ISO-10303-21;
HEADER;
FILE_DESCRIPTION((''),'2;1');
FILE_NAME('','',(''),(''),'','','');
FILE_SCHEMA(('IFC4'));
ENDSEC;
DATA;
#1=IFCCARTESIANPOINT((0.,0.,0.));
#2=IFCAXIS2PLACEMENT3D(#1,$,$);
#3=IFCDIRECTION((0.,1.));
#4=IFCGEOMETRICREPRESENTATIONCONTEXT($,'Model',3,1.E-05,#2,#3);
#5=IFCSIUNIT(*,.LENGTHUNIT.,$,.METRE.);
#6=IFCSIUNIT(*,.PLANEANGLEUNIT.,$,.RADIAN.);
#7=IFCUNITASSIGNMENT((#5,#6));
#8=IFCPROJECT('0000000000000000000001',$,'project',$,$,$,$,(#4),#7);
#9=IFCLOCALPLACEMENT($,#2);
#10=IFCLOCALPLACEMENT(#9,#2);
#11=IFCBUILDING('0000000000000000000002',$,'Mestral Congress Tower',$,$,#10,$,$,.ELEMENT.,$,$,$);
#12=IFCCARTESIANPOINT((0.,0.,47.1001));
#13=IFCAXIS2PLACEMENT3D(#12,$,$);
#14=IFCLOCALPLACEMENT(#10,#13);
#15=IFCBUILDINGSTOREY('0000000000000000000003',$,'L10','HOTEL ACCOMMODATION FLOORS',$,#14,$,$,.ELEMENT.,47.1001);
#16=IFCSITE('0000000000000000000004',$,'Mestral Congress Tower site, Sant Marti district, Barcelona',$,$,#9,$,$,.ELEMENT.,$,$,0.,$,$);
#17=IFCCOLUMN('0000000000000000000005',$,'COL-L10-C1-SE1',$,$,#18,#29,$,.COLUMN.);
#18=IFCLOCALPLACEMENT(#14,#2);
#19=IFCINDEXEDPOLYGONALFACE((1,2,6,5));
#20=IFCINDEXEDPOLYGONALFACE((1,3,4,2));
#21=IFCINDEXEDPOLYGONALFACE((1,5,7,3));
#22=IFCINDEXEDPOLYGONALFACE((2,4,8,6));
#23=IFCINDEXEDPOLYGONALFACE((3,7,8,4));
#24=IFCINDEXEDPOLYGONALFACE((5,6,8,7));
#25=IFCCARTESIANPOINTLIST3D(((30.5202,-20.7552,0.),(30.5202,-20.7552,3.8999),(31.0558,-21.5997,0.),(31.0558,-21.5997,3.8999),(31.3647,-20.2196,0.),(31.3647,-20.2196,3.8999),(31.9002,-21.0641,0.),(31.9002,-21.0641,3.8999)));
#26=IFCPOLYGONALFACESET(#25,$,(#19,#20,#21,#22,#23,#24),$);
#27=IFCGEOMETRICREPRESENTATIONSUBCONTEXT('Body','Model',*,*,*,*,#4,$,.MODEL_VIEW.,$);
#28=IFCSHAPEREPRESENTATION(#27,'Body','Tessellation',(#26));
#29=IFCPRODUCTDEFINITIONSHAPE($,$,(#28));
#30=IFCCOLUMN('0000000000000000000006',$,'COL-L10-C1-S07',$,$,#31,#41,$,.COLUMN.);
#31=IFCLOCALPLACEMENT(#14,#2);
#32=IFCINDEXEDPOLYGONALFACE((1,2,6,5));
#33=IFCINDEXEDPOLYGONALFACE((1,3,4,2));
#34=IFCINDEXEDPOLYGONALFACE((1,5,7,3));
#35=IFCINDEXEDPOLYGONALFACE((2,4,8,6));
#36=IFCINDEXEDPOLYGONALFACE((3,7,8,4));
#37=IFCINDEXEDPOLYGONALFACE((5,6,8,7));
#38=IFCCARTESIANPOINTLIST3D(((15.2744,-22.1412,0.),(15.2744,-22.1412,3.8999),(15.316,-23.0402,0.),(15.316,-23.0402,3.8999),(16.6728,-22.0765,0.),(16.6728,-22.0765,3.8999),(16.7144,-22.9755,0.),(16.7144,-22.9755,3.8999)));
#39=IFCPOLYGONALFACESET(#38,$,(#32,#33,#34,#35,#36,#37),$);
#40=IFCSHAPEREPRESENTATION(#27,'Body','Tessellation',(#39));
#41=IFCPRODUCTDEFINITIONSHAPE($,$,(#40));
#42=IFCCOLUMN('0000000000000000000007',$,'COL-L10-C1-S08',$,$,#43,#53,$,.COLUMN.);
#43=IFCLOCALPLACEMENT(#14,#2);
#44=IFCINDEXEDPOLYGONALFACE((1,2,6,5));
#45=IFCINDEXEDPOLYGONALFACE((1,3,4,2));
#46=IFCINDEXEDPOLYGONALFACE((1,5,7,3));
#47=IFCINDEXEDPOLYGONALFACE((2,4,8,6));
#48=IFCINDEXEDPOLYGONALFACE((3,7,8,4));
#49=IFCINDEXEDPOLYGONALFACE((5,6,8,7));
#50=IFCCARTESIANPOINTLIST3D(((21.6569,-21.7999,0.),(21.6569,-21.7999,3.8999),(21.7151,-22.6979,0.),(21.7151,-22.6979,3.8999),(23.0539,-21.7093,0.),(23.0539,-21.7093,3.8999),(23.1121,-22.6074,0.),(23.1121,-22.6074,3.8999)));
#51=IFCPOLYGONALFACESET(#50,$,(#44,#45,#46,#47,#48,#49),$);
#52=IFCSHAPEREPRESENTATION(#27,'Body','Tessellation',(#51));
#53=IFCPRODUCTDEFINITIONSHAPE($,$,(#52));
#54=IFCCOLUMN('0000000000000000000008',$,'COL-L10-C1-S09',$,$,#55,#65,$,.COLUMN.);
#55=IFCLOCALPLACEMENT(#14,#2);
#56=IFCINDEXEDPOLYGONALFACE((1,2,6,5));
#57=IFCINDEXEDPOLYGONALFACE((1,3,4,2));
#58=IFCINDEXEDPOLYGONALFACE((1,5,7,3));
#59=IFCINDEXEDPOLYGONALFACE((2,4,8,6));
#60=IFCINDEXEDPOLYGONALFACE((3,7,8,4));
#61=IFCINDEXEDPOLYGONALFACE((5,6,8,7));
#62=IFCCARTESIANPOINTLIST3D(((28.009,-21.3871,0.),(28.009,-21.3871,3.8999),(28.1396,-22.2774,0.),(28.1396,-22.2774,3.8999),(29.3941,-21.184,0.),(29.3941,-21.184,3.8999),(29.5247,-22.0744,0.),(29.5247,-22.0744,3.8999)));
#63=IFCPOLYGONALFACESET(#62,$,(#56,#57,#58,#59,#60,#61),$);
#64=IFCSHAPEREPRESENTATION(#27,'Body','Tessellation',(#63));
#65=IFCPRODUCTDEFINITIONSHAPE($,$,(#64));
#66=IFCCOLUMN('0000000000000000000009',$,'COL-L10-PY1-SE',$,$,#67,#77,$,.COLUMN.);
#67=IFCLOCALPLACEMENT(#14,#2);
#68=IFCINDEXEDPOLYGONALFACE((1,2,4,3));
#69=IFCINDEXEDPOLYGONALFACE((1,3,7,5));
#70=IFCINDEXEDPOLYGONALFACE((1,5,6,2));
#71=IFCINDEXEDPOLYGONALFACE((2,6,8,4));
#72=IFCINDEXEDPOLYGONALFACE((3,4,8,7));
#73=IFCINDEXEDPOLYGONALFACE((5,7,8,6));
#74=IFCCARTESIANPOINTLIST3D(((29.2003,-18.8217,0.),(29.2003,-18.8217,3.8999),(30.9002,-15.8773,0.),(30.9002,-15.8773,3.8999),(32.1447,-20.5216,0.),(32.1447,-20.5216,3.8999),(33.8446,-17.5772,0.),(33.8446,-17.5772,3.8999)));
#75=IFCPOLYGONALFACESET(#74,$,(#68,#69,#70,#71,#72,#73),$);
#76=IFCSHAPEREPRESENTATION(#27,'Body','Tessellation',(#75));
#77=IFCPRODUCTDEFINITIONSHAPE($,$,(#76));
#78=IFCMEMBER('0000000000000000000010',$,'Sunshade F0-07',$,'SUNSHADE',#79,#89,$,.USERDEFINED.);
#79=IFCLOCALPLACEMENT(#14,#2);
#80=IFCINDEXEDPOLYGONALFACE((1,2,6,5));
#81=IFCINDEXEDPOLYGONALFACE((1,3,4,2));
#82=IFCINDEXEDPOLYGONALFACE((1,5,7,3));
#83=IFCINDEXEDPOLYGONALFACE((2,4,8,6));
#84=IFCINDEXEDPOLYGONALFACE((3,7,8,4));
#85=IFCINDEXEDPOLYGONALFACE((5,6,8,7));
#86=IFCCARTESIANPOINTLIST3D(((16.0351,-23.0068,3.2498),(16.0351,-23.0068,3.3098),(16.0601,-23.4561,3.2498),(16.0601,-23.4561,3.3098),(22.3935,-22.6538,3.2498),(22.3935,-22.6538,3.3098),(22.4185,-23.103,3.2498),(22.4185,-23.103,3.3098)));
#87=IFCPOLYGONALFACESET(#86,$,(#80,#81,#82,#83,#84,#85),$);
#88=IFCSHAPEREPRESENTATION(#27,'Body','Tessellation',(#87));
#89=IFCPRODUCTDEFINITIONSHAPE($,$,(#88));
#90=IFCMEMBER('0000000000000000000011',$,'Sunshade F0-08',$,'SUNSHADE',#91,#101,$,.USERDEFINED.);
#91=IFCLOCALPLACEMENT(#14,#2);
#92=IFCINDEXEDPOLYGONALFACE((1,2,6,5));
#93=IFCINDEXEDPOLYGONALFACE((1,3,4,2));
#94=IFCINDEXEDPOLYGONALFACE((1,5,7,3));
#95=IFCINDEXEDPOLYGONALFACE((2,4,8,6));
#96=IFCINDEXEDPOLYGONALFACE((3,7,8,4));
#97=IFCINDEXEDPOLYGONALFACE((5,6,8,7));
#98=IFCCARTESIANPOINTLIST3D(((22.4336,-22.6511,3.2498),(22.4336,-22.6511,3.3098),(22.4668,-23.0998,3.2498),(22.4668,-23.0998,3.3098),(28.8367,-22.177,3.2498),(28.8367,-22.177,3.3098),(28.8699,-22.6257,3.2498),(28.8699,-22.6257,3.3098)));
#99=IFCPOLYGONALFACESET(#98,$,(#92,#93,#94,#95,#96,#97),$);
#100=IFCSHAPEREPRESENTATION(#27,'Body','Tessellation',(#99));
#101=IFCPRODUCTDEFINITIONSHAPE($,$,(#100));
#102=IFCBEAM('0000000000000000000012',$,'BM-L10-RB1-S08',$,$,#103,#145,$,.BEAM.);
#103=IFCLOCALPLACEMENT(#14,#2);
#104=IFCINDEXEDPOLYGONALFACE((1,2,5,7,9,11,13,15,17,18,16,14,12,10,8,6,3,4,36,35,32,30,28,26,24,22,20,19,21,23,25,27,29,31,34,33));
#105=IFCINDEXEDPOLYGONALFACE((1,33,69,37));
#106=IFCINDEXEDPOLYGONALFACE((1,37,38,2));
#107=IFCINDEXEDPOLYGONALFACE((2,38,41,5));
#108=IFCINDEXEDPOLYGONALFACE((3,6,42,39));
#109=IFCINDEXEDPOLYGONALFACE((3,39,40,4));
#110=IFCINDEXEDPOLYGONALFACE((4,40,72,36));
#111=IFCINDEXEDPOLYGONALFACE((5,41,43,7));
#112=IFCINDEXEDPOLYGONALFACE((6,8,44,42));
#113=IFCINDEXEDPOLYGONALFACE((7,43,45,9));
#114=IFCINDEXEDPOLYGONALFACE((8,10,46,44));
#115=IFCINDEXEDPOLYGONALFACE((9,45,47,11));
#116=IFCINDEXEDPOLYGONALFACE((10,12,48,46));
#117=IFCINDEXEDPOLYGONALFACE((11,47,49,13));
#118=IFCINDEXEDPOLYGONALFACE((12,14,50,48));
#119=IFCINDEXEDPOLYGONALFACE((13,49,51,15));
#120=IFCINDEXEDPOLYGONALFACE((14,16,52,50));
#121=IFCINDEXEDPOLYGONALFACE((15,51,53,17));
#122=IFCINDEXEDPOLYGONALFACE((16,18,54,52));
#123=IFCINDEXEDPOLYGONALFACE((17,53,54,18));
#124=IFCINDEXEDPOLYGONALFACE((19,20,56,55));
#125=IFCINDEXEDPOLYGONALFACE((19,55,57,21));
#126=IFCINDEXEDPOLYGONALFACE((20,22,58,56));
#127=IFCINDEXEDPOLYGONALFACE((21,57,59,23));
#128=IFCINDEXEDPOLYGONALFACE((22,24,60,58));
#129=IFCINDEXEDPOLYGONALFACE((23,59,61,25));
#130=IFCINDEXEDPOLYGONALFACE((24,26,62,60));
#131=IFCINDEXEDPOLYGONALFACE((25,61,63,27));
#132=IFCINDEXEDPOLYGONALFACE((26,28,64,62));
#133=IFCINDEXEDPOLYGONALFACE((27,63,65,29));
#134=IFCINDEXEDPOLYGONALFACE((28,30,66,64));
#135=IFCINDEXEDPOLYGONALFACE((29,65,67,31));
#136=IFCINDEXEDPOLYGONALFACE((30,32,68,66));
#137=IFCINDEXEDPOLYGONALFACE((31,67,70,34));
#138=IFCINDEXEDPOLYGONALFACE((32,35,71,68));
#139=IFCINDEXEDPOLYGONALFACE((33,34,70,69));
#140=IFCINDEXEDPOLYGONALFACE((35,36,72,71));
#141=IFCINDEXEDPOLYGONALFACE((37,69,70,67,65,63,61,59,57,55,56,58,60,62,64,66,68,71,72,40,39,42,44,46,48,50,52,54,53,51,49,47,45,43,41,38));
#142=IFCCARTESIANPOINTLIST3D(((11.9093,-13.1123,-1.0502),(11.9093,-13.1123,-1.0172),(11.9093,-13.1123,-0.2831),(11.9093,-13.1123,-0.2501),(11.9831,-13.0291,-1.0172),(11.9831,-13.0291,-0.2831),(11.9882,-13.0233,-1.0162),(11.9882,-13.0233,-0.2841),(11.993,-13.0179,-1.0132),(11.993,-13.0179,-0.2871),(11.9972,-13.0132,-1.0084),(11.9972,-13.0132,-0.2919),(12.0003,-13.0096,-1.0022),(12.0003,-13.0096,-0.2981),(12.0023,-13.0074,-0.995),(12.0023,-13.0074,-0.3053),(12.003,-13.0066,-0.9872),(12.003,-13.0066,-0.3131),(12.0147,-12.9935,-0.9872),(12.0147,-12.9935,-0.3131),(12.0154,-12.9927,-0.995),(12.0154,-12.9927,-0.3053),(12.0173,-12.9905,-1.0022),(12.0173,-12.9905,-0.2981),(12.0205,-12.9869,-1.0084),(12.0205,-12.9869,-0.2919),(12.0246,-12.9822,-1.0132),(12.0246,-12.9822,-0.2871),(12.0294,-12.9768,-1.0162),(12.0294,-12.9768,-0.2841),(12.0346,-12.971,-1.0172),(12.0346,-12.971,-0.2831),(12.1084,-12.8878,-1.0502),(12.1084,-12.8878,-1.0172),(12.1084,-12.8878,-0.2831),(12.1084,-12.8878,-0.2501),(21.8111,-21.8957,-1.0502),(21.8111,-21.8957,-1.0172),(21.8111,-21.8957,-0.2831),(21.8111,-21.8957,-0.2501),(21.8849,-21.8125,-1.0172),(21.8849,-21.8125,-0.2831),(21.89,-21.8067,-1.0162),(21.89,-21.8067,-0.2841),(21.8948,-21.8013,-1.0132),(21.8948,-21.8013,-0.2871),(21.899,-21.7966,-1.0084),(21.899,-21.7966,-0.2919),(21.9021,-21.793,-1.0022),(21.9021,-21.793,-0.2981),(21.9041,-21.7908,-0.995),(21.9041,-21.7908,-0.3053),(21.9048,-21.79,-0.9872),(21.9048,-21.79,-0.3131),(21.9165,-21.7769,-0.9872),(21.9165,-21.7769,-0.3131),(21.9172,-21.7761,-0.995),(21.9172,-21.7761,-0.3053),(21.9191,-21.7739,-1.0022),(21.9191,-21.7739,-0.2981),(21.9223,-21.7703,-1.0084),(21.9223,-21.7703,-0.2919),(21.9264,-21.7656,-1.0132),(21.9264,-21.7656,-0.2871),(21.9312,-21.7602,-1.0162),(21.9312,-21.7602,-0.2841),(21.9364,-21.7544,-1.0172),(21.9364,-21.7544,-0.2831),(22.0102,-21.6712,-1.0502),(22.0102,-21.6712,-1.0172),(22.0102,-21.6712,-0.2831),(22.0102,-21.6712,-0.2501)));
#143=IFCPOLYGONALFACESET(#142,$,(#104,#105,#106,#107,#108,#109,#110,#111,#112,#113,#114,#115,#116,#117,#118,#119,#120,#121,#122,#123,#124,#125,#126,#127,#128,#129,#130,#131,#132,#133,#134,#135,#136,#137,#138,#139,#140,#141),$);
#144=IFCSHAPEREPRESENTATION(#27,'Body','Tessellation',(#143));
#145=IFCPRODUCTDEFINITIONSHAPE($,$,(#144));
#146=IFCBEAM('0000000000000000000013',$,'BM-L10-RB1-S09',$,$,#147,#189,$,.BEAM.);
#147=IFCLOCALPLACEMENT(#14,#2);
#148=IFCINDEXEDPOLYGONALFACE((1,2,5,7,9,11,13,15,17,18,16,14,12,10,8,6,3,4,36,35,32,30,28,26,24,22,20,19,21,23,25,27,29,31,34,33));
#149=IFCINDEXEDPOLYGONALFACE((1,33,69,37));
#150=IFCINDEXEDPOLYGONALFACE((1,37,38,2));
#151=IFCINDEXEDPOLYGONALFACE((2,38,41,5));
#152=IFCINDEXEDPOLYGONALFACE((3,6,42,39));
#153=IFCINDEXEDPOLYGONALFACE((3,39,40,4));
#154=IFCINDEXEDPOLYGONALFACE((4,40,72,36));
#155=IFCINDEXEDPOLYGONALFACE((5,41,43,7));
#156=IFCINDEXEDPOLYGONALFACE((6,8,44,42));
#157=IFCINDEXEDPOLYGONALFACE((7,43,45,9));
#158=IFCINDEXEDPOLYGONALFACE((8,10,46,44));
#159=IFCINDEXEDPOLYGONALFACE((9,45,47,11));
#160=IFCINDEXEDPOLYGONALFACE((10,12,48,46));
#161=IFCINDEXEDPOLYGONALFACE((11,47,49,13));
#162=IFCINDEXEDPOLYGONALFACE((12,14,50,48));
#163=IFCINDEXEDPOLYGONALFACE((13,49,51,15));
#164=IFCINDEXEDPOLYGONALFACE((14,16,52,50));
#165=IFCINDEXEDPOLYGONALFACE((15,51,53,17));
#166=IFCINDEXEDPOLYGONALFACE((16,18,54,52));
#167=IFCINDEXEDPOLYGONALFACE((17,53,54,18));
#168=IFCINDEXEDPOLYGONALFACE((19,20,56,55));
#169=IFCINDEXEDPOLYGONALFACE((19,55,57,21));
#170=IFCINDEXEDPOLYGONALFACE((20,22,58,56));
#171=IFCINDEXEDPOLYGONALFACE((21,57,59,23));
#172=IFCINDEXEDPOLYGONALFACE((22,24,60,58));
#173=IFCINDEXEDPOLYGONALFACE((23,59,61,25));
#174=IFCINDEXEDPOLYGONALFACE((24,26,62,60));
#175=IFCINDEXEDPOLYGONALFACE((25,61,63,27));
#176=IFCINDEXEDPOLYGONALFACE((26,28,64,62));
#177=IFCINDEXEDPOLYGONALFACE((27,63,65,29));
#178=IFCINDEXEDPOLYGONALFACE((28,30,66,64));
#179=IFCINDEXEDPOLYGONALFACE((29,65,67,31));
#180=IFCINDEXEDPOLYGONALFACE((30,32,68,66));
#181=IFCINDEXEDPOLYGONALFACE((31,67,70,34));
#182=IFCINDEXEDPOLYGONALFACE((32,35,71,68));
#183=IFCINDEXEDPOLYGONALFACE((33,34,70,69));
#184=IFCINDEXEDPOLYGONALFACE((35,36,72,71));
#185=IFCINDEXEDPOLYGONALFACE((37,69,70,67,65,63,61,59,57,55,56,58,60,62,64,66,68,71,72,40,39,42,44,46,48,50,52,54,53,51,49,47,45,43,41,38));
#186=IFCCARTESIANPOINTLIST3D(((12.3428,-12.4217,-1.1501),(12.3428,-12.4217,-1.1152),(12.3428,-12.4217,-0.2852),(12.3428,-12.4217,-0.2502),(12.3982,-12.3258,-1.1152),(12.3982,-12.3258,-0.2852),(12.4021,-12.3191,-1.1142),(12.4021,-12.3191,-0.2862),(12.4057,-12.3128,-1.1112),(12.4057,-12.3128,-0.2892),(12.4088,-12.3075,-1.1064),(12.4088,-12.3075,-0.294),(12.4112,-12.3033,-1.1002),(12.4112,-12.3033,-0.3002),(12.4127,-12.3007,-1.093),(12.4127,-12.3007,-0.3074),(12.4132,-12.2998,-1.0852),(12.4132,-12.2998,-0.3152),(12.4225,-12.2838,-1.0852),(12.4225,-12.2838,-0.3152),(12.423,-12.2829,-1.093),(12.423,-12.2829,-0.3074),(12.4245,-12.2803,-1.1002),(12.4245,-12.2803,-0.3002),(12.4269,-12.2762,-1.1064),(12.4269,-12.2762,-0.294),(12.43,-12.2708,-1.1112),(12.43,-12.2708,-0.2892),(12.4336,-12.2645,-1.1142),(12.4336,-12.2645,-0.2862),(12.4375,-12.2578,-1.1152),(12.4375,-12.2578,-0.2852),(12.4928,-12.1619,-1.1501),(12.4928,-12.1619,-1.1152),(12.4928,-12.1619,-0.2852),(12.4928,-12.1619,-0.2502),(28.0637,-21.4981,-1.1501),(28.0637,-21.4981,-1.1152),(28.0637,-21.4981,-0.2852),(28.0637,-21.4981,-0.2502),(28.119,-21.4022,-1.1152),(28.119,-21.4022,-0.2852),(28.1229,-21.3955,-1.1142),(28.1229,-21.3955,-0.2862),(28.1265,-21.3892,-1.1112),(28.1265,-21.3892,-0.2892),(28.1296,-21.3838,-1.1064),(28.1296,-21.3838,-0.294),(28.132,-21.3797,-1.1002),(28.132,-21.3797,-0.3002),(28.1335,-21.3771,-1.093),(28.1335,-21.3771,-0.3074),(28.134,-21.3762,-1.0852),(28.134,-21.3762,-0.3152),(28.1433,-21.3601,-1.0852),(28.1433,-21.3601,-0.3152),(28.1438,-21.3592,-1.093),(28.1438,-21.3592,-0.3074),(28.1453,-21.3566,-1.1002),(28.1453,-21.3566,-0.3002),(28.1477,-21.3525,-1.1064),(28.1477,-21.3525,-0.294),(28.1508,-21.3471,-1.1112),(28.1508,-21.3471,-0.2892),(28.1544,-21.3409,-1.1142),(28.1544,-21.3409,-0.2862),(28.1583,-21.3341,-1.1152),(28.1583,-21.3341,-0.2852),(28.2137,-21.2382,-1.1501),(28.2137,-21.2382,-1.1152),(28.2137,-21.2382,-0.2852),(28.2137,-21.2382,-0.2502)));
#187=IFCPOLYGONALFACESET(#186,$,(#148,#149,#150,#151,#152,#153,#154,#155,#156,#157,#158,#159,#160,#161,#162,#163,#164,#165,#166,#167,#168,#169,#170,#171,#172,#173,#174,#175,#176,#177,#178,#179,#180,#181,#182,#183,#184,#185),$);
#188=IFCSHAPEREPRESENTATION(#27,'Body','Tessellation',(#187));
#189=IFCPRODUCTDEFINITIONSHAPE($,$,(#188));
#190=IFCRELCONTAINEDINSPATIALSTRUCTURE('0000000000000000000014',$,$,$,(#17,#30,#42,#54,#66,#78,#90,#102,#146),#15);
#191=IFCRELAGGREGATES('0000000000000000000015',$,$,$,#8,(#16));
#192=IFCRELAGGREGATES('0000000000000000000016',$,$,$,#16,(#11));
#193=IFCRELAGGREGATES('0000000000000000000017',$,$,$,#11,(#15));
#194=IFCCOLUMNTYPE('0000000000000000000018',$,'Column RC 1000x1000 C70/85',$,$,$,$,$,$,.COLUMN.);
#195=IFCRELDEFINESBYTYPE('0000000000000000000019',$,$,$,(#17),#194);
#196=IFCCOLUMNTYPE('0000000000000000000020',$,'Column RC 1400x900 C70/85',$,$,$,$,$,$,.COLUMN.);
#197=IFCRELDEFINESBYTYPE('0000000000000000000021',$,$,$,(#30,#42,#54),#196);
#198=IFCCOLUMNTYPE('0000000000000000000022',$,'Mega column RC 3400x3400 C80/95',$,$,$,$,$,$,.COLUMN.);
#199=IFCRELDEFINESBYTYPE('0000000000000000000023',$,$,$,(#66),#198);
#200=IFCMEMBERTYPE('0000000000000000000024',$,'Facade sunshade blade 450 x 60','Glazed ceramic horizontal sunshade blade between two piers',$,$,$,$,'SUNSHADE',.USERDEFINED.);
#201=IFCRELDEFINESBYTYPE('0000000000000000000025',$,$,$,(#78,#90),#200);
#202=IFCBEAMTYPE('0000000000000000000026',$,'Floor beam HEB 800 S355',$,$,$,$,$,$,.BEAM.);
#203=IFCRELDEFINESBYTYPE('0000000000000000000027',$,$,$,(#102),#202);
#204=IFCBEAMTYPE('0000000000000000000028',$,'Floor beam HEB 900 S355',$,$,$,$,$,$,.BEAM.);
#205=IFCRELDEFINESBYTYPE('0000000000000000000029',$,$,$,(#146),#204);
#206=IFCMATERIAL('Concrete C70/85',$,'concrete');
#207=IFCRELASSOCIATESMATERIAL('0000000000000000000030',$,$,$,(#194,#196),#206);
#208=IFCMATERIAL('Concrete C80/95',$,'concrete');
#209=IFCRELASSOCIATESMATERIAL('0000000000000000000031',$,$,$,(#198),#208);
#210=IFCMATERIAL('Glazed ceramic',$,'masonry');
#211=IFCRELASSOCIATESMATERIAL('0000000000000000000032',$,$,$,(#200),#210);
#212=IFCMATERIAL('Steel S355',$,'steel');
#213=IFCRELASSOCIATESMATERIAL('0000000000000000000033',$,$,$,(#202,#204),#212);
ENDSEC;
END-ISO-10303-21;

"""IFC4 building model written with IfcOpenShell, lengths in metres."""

from ifc_helpers import new_model, si_unit, direction, frame, origin, origin_2d, place, context, subcontext, project, spatial, rectangle, i_section, extrude, material, material_profile, profile_set, type_object, element, save


model = new_model("IFC4")

# Units and contexts
model_context = context("Model", 3, precision=1e-05, world=origin(), true_north=direction((0.0, 1.0)))
body_context = subcontext(model_context, "Body", "Model", "MODEL_VIEW")
ifc_project = project(units=[si_unit("LENGTHUNIT", "METRE"), si_unit("PLANEANGLEUNIT", "RADIAN")], contexts=[model_context])

# Site, building, storey
site_placement = place(None, origin())
site = spatial("IfcSite", under=ifc_project, at=site_placement, Name="Mestral Congress Tower site, Sant Marti district, Barcelona", CompositionType="ELEMENT", RefElevation=0.0)
building_placement = place(site_placement, origin())
building = spatial("IfcBuilding", under=site, at=building_placement, Name="Mestral Congress Tower", CompositionType="ELEMENT")
storey_placement = place(building_placement, frame((0.0, 0.0, 47.1001)))
storey = spatial("IfcBuildingStorey", under=building, at=storey_placement, Name="L10", Description="HOTEL ACCOMMODATION FLOORS", CompositionType="ELEMENT", Elevation=47.1001)

# Columns
ifc_material_1 = material(Name="Concrete C70/85", Category="concrete")
ifc_material_profile_1 = material_profile(ifc_material_1, rectangle(XDim=1.0, YDim=1.0, at=origin_2d()), Name="RC 1000x1000")
ifc_profile_set_1 = profile_set([ifc_material_profile_1], Name="Concrete C70/85")
column_type_1 = type_object("IfcColumnType", Name="Column RC 1000x1000 C70/85", PredefinedType="COLUMN", material=ifc_profile_set_1)
column_1_placement = place(storey_placement, frame((31.2102, -20.9097, 0.0), z_axis=(0.0, 0.0, 1.0), x_axis=(0.844485, 0.535579, 0.0)))
element("IfcColumn", 1, at=column_1_placement, inside=storey, type_object=column_type_1, Name="COL-L10-C1-SE1", PredefinedType="COLUMN", context=body_context, shape_type="SweptSolid", body=[
    extrude(rectangle(XDim=1.0, YDim=1.0, at=origin_2d()), origin(), (0.0, 0.0, 1.0), 3.8999),
])
ifc_material_profile_2 = material_profile(ifc_material_1, rectangle(XDim=1.3999, YDim=0.8999, at=origin_2d()), Name="RC 1400x900")
ifc_profile_set_2 = profile_set([ifc_material_profile_2], Name="Concrete C70/85")
column_type_2 = type_object("IfcColumnType", Name="Column RC 1400x900 C70/85", PredefinedType="COLUMN", material=ifc_profile_set_2)
for number, where, z_axis, x_axis, name in (
    (2, (15.9944, -22.5583, 0.0), (0.0, 0.0, 1.0), (0.998932, 0.0462, 0.0), "COL-L10-C1-S07"),
    (3, (22.3845, -22.2036, 0.0), (0.0, 0.0, 1.0), (0.997908, 0.064658, 0.0), "COL-L10-C1-S08"),
    (4, (28.7668, -21.7307, 0.0), (0.0, 0.0, 1.0), (0.989424, 0.145056, 0.0), "COL-L10-C1-S09"),
):
    element("IfcColumn", number, at=place(storey_placement, frame(where, z_axis=z_axis, x_axis=x_axis)), inside=storey, type_object=column_type_2, Name=name, PredefinedType="COLUMN", context=body_context, shape_type="SweptSolid", body=[
        extrude(rectangle(XDim=1.3999, YDim=0.8999, at=origin_2d()), origin(), (0.0, 0.0, 1.0), 3.8999),
    ])
ifc_material_2 = material(Name="Concrete C80/95", Category="concrete")
ifc_material_profile_3 = material_profile(ifc_material_2, rectangle(XDim=3.3999, YDim=3.3999, at=origin_2d()), Name="RC 3400x3400")
ifc_profile_set_3 = profile_set([ifc_material_profile_3], Name="Concrete C80/95")
column_type_3 = type_object("IfcColumnType", Name="Mega column RC 3400x3400 C80/95", PredefinedType="COLUMN", material=ifc_profile_set_3)
column_2_placement = place(storey_placement, frame((31.5225, -18.1995, 0.0), z_axis=(0.0, 0.0, 1.0), x_axis=(0.866025, -0.5, 0.0)))
element("IfcColumn", 5, at=column_2_placement, inside=storey, type_object=column_type_3, Name="COL-L10-PY1-SE", PredefinedType="COLUMN", context=body_context, shape_type="SweptSolid", body=[
    extrude(rectangle(XDim=3.3999, YDim=3.3999, at=origin_2d()), origin(), (0.0, 0.0, 1.0), 3.8999),
])

# Members
ifc_material_3 = material(Name="Glazed ceramic", Category="masonry")
ifc_material_profile_4 = material_profile(ifc_material_3, rectangle(XDim=0.45, YDim=0.0601, at=origin_2d()), Name="Ceramic blade 450 x 60")
ifc_profile_set_4 = profile_set([ifc_material_profile_4], Name="Glazed ceramic")
member_type = type_object("IfcMemberType", Name="Facade sunshade blade 450 x 60", Description="Glazed ceramic horizontal sunshade blade between two piers", ElementType="SUNSHADE", PredefinedType="USERDEFINED", material=ifc_profile_set_4)
member_1_placement = place(storey_placement, frame((16.0476, -23.2314, 3.2798), z_axis=(0.998462, 0.055436, 0.0), x_axis=(-0.055436, 0.998462, 0.0)))
element("IfcMember", 6, at=member_1_placement, inside=storey, type_object=member_type, Name="Sunshade F0-07", ObjectType="SUNSHADE", PredefinedType="USERDEFINED", context=body_context, shape_type="SweptSolid", body=[
    extrude(rectangle(XDim=0.45, YDim=0.0601, at=origin_2d()), origin(), (0.0, 0.0, 1.0), 6.3682),
])
member_2_placement = place(storey_placement, frame((22.4502, -22.8755, 3.2798), z_axis=(0.99727, 0.073844, 0.0), x_axis=(-0.073844, 0.99727, 0.0)))
element("IfcMember", 7, at=member_2_placement, inside=storey, type_object=member_type, Name="Sunshade F0-08", ObjectType="SUNSHADE", PredefinedType="USERDEFINED", context=body_context, shape_type="SweptSolid", body=[
    extrude(rectangle(XDim=0.45, YDim=0.0601, at=origin_2d()), origin(), (0.0, 0.0, 1.0), 6.4207),
])

# Beams
ifc_material_4 = material(Name="Steel S355", Category="steel")
ifc_material_profile_5 = material_profile(ifc_material_4, i_section(OverallWidth=0.3, OverallDepth=0.8, WebThickness=0.0176, FlangeThickness=0.033, FilletRadius=0.03, at=origin_2d()), Name="HEB 800")
ifc_profile_set_5 = profile_set([ifc_material_profile_5], Name="Steel S355")
beam_type_1 = type_object("IfcBeamType", Name="Floor beam HEB 800 S355", PredefinedType="BEAM", material=ifc_profile_set_5)
beam_1_placement = place(storey_placement, frame((21.9106, -21.7834, -0.6501), z_axis=(-0.748092, 0.663595, 0.0), x_axis=(-0.663595, -0.748092, 0.0)))
element("IfcBeam", 8, at=beam_1_placement, inside=storey, type_object=beam_type_1, Name="BM-L10-RB1-S08", PredefinedType="BEAM", context=body_context, shape_type="SweptSolid", body=[
    extrude(i_section(OverallWidth=0.3, OverallDepth=0.8, WebThickness=0.0176, FlangeThickness=0.033, FilletRadius=0.03, at=origin_2d()), origin(), (0.0, 0.0, 1.0), 13.2361),
])
ifc_material_profile_6 = material_profile(ifc_material_4, i_section(OverallWidth=0.3, OverallDepth=0.8999, WebThickness=0.0186, FlangeThickness=0.0349, FilletRadius=0.03, at=origin_2d()), Name="HEB 900")
ifc_profile_set_6 = profile_set([ifc_material_profile_6], Name="Steel S355")
beam_type_2 = type_object("IfcBeamType", Name="Floor beam HEB 900 S355", PredefinedType="BEAM", material=ifc_profile_set_6)
beam_2_placement = place(storey_placement, frame((28.1387, -21.3682, -0.7002), z_axis=(-0.866027, 0.499997, 0.0), x_axis=(-0.499997, -0.866027, 0.0)))
element("IfcBeam", 9, at=beam_2_placement, inside=storey, type_object=beam_type_2, Name="BM-L10-RB1-S09", PredefinedType="BEAM", context=body_context, shape_type="SweptSolid", body=[
    extrude(i_section(OverallWidth=0.3, OverallDepth=0.8999, WebThickness=0.0186, FlangeThickness=0.0349, FilletRadius=0.03, at=origin_2d()), origin(), (0.0, 0.0, 1.0), 18.1528),
])

save(model, "model.ifc")
